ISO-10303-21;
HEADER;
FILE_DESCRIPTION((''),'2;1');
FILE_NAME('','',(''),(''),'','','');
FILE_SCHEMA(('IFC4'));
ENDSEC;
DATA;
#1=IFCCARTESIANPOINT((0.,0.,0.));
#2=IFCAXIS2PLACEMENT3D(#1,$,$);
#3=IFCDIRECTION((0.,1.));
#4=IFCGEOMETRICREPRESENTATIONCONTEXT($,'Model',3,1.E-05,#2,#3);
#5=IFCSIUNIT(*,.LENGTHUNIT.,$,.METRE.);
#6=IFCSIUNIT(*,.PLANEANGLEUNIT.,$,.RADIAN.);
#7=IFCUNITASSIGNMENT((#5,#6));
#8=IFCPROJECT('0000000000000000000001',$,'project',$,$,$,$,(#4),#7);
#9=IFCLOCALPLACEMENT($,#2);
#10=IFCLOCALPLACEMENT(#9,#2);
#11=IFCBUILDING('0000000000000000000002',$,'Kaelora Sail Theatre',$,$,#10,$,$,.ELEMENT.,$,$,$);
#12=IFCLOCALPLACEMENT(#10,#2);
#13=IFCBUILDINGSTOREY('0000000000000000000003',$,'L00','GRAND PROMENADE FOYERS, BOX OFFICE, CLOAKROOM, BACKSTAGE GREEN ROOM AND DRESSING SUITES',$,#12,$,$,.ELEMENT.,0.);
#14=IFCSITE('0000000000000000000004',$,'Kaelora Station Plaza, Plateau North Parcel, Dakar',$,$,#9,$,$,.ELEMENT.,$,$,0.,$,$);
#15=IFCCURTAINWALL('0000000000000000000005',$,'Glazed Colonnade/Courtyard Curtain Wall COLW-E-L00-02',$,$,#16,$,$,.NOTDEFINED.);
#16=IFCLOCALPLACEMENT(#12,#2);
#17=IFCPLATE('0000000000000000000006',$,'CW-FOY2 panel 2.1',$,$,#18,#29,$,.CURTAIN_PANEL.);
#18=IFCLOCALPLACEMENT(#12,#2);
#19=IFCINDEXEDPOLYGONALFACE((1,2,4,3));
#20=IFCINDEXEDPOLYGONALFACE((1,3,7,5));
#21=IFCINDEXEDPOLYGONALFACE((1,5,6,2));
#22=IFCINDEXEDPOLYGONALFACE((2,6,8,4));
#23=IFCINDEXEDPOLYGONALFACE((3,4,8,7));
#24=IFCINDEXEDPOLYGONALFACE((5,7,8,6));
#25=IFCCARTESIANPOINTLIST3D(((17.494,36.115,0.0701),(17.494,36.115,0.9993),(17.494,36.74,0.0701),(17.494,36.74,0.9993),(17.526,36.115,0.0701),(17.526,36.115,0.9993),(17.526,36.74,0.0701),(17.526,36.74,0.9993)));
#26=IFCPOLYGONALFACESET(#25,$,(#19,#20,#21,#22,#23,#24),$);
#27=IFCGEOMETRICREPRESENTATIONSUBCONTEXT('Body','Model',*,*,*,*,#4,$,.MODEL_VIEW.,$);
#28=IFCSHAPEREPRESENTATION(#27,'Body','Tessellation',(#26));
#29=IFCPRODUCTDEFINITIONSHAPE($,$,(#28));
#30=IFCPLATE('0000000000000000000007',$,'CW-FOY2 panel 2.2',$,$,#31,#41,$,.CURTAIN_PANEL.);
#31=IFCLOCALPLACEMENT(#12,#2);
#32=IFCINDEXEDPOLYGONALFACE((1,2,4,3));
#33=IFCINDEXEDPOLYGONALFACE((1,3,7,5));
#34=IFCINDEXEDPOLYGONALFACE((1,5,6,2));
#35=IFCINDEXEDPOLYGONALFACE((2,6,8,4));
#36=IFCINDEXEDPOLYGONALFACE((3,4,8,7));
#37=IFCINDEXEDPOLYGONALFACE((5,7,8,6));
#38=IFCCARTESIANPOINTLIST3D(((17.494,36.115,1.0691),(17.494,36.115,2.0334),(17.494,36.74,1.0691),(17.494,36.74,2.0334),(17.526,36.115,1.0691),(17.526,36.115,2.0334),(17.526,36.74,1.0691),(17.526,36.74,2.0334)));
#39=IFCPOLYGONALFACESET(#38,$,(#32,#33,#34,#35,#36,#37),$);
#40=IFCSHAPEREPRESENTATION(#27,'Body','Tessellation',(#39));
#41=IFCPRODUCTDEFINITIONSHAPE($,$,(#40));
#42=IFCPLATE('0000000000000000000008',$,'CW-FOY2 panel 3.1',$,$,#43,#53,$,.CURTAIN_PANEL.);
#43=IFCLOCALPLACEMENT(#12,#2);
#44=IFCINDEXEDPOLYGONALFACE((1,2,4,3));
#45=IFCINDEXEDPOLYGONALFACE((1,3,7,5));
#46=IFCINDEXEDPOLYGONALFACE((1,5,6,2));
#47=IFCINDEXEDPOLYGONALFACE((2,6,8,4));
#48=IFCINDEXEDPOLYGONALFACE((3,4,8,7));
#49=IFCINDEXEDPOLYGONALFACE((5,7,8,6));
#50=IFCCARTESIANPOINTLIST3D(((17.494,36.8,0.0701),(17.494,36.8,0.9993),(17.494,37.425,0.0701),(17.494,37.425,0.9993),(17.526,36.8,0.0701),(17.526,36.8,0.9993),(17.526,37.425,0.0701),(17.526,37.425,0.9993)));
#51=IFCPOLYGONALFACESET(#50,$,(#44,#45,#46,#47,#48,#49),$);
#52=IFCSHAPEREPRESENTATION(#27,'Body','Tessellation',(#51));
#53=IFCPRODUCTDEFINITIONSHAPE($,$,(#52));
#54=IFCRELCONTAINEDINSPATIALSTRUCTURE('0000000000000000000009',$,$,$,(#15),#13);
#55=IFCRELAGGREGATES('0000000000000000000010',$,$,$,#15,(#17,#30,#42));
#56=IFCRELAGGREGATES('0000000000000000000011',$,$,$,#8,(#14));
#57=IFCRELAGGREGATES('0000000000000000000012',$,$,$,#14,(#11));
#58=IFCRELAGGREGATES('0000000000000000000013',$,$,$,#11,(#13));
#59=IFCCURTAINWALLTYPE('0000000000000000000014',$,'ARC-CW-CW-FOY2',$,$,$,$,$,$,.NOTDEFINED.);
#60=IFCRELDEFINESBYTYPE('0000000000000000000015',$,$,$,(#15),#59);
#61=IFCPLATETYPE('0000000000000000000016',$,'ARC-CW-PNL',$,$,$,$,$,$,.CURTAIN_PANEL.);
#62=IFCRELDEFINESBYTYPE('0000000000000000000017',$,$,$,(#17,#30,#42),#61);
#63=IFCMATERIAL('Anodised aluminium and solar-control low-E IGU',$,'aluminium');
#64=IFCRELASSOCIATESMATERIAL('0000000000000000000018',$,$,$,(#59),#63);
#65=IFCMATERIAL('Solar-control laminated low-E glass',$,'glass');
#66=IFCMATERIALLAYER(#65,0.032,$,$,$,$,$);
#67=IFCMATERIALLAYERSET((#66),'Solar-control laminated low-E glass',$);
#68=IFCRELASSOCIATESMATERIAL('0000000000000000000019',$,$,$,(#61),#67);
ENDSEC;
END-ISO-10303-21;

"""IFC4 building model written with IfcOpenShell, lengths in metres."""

from ifc_helpers import new_model, si_unit, direction, frame, origin, origin_2d, place, context, subcontext, project, spatial, rectangle, extrude, material, layer, layer_set, type_object, element, aggregate, save


model = new_model("IFC4")

# Units and contexts
model_context = context("Model", 3, precision=1e-05, world=origin(), true_north=direction((0.0, 1.0)))
body_context = subcontext(model_context, "Body", "Model", "MODEL_VIEW")
ifc_project = project(units=[si_unit("LENGTHUNIT", "METRE"), si_unit("PLANEANGLEUNIT", "RADIAN")], contexts=[model_context])

# Site, building, storey
site_placement = place(None, origin())
site = spatial("IfcSite", under=ifc_project, at=site_placement, Name="Kaelora Station Plaza, Plateau North Parcel, Dakar", CompositionType="ELEMENT", RefElevation=0.0)
building_placement = place(site_placement, origin())
building = spatial("IfcBuilding", under=site, at=building_placement, Name="Kaelora Sail Theatre", CompositionType="ELEMENT")
storey_placement = place(building_placement, origin())
storey = spatial("IfcBuildingStorey", under=building, at=storey_placement, Name="L00", Description="GRAND PROMENADE FOYERS, BOX OFFICE, CLOAKROOM, BACKSTAGE GREEN ROOM AND DRESSING SUITES", CompositionType="ELEMENT", Elevation=0.0)

# Shared definitions
ifc_material_1 = material(Name="Anodised aluminium and solar-control low-E IGU", Category="aluminium")
curtain_wall_type = type_object("IfcCurtainWallType", Name="ARC-CW-CW-FOY2", PredefinedType="NOTDEFINED", material=ifc_material_1)

# Curtain wall
curtain_wall_1_placement = place(storey_placement, origin())
curtain_wall_1 = element("IfcCurtainWall", 1, at=curtain_wall_1_placement, inside=storey, type_object=curtain_wall_type, Name="Glazed Colonnade/Courtyard Curtain Wall COLW-E-L00-02", PredefinedType="NOTDEFINED")

# Plates
ifc_material_2 = material(Name="Solar-control laminated low-E glass", Category="glass")
ifc_layer = layer(ifc_material_2, 0.032)
ifc_layer_set = layer_set([ifc_layer], Name="Solar-control laminated low-E glass")
plate_type = type_object("IfcPlateType", Name="ARC-CW-PNL", PredefinedType="CURTAIN_PANEL", material=ifc_layer_set)
plate_1_placement = place(storey_placement, frame((17.51, 36.4275, 0.0701), z_axis=(0.0, 0.0, 1.0), x_axis=(0.0, 1.0, 0.0)))
plate_1 = element("IfcPlate", 2, at=plate_1_placement, type_object=plate_type, Name="CW-FOY2 panel 2.1", PredefinedType="CURTAIN_PANEL", context=body_context, shape_type="SweptSolid", body=[
    extrude(rectangle(XDim=0.625, YDim=0.032, at=origin_2d()), origin(), (0.0, 0.0, 1.0), 0.9292),
])
plate_2_placement = place(storey_placement, frame((17.51, 36.4275, 1.0691), z_axis=(0.0, 0.0, 1.0), x_axis=(0.0, 1.0, 0.0)))
plate_2 = element("IfcPlate", 3, at=plate_2_placement, type_object=plate_type, Name="CW-FOY2 panel 2.2", PredefinedType="CURTAIN_PANEL", context=body_context, shape_type="SweptSolid", body=[
    extrude(rectangle(XDim=0.625, YDim=0.032, at=origin_2d()), origin(), (0.0, 0.0, 1.0), 0.9644),
])
plate_3_placement = place(storey_placement, frame((17.51, 37.1125, 0.0701), z_axis=(0.0, 0.0, 1.0), x_axis=(0.0, 1.0, 0.0)))
plate_3 = element("IfcPlate", 4, at=plate_3_placement, type_object=plate_type, Name="CW-FOY2 panel 3.1", PredefinedType="CURTAIN_PANEL", context=body_context, shape_type="SweptSolid", body=[
    extrude(rectangle(XDim=0.625, YDim=0.032, at=origin_2d()), origin(), (0.0, 0.0, 1.0), 0.9292),
])
aggregate(curtain_wall_1, [plate_1, plate_2, plate_3])

save(model, "model.ifc")
